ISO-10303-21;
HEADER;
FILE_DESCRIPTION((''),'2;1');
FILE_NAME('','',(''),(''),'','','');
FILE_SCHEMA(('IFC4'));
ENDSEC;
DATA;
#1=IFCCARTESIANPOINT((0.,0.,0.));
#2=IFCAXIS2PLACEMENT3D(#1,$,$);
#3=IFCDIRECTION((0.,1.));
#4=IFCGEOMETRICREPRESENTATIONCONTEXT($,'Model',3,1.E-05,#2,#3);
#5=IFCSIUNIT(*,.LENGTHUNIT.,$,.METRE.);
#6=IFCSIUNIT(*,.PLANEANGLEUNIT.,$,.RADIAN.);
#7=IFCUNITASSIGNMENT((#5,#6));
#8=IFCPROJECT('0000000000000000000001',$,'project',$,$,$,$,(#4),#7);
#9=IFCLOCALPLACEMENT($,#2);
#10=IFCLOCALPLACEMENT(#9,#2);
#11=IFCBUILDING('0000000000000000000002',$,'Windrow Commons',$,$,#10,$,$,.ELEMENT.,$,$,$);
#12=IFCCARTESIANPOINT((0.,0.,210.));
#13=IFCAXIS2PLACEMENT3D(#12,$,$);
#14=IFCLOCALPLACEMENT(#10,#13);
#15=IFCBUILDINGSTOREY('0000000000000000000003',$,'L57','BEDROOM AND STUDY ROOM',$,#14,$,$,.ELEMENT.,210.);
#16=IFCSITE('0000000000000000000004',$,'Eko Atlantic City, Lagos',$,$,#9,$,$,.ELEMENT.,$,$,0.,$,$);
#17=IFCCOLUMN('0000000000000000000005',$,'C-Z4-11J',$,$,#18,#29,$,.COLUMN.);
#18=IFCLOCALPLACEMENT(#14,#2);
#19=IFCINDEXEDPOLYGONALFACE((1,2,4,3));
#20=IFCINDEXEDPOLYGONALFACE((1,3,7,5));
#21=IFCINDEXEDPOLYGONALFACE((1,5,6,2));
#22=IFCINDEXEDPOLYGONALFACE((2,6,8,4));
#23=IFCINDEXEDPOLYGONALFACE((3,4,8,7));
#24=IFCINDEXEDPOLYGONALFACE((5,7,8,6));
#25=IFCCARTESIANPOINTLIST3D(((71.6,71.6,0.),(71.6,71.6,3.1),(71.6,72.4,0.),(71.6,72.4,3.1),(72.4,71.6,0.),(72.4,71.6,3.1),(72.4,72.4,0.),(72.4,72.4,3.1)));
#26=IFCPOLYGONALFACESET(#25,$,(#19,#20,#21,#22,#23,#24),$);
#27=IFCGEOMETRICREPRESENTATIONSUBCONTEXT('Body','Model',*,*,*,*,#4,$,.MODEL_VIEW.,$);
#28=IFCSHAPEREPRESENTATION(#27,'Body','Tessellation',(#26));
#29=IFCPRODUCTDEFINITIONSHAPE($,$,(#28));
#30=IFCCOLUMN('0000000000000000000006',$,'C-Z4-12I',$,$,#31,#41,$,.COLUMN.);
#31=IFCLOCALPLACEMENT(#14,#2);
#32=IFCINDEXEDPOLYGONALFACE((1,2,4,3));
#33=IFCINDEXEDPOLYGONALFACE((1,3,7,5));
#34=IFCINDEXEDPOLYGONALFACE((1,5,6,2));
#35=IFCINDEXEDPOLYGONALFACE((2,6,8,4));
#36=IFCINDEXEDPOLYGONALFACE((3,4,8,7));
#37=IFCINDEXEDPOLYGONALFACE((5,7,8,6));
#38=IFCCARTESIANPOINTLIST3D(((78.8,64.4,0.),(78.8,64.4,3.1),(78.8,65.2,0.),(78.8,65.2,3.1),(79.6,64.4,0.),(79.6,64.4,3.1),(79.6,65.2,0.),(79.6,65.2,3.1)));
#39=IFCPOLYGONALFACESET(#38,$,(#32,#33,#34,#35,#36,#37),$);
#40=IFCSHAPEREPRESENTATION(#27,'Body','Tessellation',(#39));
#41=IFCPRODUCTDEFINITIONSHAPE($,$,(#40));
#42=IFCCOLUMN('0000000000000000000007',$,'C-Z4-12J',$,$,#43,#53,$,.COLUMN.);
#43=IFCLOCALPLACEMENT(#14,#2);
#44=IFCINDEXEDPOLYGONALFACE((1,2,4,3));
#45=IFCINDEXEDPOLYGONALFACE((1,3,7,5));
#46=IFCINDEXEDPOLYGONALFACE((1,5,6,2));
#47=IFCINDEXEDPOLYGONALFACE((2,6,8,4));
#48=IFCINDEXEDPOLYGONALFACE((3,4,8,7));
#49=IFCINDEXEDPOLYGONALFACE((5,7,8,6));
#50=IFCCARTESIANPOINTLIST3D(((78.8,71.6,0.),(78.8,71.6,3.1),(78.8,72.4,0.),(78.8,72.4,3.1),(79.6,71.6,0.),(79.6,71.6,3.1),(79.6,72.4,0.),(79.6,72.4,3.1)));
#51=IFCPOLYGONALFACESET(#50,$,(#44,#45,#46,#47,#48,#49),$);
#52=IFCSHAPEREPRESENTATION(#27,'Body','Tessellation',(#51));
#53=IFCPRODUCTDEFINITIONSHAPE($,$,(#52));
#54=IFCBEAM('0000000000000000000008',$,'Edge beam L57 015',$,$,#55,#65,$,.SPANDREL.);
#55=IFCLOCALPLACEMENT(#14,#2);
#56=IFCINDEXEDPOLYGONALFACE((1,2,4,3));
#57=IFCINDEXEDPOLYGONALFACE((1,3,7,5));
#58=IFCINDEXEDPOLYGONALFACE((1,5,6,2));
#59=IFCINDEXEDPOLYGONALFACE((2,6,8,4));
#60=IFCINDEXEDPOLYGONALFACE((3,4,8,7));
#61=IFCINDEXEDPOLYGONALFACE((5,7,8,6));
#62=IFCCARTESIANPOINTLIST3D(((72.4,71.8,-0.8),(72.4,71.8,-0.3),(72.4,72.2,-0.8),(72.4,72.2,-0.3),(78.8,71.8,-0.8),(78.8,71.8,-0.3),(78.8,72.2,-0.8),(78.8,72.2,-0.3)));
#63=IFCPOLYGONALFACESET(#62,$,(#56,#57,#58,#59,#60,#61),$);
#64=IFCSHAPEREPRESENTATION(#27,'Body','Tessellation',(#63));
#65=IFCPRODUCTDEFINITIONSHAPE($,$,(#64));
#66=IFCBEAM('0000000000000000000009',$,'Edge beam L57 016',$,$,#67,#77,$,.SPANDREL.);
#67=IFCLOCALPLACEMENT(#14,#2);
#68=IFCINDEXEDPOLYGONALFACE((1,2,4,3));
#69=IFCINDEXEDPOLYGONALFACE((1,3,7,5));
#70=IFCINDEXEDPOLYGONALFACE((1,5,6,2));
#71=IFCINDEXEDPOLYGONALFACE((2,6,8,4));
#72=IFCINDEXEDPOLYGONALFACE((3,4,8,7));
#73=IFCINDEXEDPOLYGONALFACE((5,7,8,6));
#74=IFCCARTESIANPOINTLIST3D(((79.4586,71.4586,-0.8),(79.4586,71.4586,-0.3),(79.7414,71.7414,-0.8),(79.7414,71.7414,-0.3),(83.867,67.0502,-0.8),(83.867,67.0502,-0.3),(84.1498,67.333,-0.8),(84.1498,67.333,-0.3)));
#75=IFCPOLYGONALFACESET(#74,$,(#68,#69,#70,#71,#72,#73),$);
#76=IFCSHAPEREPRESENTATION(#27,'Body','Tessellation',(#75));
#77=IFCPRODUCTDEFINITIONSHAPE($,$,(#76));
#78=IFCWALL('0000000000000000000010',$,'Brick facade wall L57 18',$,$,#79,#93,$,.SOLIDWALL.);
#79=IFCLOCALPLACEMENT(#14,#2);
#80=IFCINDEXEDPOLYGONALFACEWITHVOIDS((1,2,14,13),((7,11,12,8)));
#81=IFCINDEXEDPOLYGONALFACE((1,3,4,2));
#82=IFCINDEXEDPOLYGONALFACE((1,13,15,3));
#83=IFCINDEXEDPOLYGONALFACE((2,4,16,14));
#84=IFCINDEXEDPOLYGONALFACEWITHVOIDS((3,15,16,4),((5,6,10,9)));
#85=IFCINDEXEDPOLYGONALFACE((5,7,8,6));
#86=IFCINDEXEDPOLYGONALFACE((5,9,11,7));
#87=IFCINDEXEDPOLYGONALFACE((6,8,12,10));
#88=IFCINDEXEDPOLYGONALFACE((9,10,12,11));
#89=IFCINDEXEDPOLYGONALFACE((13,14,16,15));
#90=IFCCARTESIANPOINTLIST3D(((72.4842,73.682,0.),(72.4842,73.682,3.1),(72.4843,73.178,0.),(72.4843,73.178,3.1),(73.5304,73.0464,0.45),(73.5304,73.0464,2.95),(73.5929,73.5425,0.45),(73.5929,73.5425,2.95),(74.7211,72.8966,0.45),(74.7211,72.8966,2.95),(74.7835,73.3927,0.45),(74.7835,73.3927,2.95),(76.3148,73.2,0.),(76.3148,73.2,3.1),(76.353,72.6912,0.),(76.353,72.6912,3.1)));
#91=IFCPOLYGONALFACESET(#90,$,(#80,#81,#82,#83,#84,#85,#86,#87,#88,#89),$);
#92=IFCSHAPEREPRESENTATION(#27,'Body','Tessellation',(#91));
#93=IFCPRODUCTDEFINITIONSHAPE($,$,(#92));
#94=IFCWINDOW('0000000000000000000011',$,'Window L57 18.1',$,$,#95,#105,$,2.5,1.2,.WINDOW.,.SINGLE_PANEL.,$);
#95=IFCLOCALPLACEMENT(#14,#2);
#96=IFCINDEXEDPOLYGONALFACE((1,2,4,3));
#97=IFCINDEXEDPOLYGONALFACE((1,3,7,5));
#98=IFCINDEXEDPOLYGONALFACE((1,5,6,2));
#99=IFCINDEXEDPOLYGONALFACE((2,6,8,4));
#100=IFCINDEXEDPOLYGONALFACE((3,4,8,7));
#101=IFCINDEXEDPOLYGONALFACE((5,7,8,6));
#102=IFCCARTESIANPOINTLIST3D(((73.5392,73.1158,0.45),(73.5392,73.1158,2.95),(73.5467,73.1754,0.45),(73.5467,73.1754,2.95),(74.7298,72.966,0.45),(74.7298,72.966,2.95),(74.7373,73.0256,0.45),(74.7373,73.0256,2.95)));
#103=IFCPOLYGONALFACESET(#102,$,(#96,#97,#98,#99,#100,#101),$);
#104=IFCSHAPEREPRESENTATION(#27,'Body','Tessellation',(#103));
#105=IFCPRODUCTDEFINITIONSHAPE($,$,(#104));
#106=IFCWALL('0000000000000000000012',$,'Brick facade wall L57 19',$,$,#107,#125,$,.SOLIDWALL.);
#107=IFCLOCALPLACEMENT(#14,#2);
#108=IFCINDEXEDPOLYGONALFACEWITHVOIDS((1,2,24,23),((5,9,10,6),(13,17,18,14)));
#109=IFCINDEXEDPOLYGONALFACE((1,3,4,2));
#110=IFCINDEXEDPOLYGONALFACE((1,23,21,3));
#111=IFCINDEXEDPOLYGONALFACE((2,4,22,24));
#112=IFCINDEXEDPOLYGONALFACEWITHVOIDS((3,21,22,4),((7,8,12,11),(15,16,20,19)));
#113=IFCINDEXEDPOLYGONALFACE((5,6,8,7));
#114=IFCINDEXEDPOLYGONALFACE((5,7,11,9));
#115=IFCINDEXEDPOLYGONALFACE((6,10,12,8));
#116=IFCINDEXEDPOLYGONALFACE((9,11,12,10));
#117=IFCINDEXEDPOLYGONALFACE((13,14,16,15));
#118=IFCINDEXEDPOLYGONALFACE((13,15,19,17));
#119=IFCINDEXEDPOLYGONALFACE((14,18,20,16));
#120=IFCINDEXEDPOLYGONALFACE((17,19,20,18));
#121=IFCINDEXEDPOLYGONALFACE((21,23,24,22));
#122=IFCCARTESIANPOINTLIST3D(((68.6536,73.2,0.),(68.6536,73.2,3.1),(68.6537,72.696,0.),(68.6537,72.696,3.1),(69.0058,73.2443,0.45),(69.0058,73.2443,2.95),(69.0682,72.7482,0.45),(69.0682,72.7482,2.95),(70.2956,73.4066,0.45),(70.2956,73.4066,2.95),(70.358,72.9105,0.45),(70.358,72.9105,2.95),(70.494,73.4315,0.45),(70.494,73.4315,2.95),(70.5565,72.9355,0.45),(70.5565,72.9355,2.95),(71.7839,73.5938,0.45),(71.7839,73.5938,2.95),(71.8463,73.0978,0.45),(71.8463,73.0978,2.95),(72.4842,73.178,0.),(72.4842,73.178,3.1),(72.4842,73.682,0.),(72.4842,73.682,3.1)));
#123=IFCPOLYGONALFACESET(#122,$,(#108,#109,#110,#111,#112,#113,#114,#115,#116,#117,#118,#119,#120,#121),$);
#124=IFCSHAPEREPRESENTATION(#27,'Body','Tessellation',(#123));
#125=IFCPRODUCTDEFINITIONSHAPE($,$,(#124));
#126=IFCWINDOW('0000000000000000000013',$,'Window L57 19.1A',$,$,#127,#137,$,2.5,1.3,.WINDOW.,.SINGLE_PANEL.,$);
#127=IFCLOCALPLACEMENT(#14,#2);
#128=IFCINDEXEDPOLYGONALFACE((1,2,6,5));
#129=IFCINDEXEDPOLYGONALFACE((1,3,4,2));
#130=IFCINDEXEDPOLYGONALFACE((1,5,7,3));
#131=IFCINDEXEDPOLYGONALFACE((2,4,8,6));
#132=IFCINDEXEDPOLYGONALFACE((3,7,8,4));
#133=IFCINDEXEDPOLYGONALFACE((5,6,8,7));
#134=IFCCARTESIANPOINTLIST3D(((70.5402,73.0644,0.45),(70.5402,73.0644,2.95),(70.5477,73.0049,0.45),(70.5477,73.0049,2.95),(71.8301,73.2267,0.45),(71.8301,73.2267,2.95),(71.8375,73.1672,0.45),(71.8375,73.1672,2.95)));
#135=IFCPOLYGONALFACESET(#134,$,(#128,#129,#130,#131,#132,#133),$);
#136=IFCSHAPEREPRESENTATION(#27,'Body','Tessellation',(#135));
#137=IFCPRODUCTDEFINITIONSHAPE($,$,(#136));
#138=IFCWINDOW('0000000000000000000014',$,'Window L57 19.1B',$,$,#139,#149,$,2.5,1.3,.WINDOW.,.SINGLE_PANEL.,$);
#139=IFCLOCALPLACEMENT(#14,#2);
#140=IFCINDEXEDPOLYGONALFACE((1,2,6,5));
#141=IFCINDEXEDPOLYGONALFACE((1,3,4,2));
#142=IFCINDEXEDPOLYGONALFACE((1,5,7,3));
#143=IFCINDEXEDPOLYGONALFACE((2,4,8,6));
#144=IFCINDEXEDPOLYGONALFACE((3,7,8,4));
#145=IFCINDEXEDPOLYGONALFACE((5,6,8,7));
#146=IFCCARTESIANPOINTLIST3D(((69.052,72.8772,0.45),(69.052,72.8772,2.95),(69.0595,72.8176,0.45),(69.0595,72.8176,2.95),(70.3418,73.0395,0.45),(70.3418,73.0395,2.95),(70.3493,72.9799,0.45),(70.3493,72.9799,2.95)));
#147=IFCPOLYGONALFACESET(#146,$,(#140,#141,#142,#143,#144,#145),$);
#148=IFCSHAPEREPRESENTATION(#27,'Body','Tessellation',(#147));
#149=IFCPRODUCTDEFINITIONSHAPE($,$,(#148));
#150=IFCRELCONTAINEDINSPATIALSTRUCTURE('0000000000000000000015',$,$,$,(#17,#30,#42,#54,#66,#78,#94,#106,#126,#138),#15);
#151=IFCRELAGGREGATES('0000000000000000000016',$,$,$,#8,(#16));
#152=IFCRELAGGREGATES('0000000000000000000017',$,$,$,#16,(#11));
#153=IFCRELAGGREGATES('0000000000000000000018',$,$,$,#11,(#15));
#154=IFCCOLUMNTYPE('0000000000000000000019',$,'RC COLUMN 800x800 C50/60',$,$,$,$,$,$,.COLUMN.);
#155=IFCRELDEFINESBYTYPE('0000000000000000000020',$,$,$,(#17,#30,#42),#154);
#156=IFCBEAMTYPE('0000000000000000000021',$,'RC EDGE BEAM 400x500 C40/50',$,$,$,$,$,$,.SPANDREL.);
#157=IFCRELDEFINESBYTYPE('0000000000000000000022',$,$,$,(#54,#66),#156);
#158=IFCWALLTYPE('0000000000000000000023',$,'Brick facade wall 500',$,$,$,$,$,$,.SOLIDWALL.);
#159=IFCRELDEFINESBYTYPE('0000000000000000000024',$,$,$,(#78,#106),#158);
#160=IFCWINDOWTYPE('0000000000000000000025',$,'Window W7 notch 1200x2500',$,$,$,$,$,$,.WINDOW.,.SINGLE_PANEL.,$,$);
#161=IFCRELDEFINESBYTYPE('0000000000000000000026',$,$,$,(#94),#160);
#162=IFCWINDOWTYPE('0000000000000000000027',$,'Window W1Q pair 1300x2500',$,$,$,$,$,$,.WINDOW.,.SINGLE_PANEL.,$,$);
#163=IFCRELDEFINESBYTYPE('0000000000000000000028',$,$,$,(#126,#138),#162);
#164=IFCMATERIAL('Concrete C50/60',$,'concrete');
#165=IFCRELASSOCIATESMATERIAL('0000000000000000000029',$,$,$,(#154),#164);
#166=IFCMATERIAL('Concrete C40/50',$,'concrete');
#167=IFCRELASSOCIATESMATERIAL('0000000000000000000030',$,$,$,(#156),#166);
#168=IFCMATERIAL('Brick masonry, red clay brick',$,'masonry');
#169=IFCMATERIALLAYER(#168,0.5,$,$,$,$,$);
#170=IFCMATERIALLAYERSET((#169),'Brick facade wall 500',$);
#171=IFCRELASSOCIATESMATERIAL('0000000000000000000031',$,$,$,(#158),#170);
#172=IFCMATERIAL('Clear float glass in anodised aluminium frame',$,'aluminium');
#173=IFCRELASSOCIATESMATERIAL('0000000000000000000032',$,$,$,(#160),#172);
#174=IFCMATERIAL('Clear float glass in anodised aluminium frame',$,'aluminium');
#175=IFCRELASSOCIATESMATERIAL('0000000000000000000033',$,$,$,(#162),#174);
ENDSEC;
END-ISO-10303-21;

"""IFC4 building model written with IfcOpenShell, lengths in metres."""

from ifc_helpers import new_model, si_unit, direction, frame, frame_2d, origin, origin_2d, place, context, subcontext, project, spatial, polyline, rectangle, outline, extrude, material, layer, layer_set, material_profile, profile_set, type_object, element, fill, save


model = new_model("IFC4")

# Units and contexts
model_context = context("Model", 3, precision=1e-05, world=origin(), true_north=direction((0.0, 1.0)))
body_context = subcontext(model_context, "Body", "Model", "MODEL_VIEW")
ifc_project = project(units=[si_unit("LENGTHUNIT", "METRE"), si_unit("PLANEANGLEUNIT", "RADIAN")], contexts=[model_context])

# Site, building, storey
site_placement = place(None, origin())
site = spatial("IfcSite", under=ifc_project, at=site_placement, Name="Eko Atlantic City, Lagos", CompositionType="ELEMENT", RefElevation=0.0)
building_placement = place(site_placement, origin())
building = spatial("IfcBuilding", under=site, at=building_placement, Name="Windrow Commons", CompositionType="ELEMENT")
storey_placement = place(building_placement, frame((0.0, 0.0, 210.0)))
storey = spatial("IfcBuildingStorey", under=building, at=storey_placement, Name="L57", Description="BEDROOM AND STUDY ROOM", CompositionType="ELEMENT", Elevation=210.0)

# Columns
ifc_material_1 = material(Name="Concrete C50/60", Category="concrete")
ifc_material_profile_1 = material_profile(ifc_material_1, rectangle(XDim=0.8, YDim=0.8, at=origin_2d()))
ifc_profile_set_1 = profile_set([ifc_material_profile_1], Name="Concrete C50/60")
column_type = type_object("IfcColumnType", Name="RC COLUMN 800x800 C50/60", PredefinedType="COLUMN", material=ifc_profile_set_1)
for number, where, z_axis, x_axis, name in (
    (1, (72.0, 72.0, 0.0), (0.0, 0.0, 1.0), (1.0, 0.0, 0.0), "C-Z4-11J"),
    (2, (79.2, 64.8, 0.0), (0.0, 0.0, 1.0), (1.0, 0.0, 0.0), "C-Z4-12I"),
    (3, (79.2, 72.0, 0.0), (0.0, 0.0, 1.0), (1.0, 0.0, 0.0), "C-Z4-12J"),
):
    element("IfcColumn", number, at=place(storey_placement, frame(where, z_axis=z_axis, x_axis=x_axis)), inside=storey, type_object=column_type, Name=name, PredefinedType="COLUMN", context=body_context, shape_type="SweptSolid", body=[
        extrude(rectangle(XDim=0.8, YDim=0.8, at=origin_2d()), origin(), (0.0, 0.0, 1.0), 3.1),
    ])

# Beams
ifc_material_2 = material(Name="Concrete C40/50", Category="concrete")
ifc_material_profile_2 = material_profile(ifc_material_2, rectangle(XDim=0.4, YDim=0.5, at=origin_2d()))
ifc_profile_set_2 = profile_set([ifc_material_profile_2], Name="Concrete C40/50")
beam_type = type_object("IfcBeamType", Name="RC EDGE BEAM 400x500 C40/50", PredefinedType="SPANDREL", material=ifc_profile_set_2)
beam_1_placement = place(storey_placement, frame((72.4, 72.0, -0.55), z_axis=(1.0, 0.0, 0.0), x_axis=(0.0, 1.0, 0.0)))
element("IfcBeam", 4, at=beam_1_placement, inside=storey, type_object=beam_type, Name="Edge beam L57 015", PredefinedType="SPANDREL", context=body_context, shape_type="SweptSolid", body=[
    extrude(rectangle(XDim=0.4, YDim=0.5, at=origin_2d()), origin(), (0.0, 0.0, 1.0), 6.4),
])
beam_2_placement = place(storey_placement, frame((79.6, 71.6, -0.55), z_axis=(0.707107, -0.707107, 0.0), x_axis=(0.707107, 0.707107, 0.0)))
element("IfcBeam", 5, at=beam_2_placement, inside=storey, type_object=beam_type, Name="Edge beam L57 016", PredefinedType="SPANDREL", context=body_context, shape_type="SweptSolid", body=[
    extrude(rectangle(XDim=0.4, YDim=0.5, at=origin_2d()), origin(), (0.0, 0.0, 1.0), 6.2344),
])

# Wall, opening, window
ifc_material_3 = material(Name="Brick masonry, red clay brick", Category="masonry")
ifc_layer_1 = layer(ifc_material_3, 0.5)
ifc_layer_set_1 = layer_set([ifc_layer_1], Name="Brick facade wall 500")
wall_type_1 = type_object("IfcWallType", Name="Brick facade wall 500", PredefinedType="SOLIDWALL", material=ifc_layer_set_1)
wall_1_placement = place(storey_placement, frame((76.3339, 72.9456, 0.0), z_axis=(0.0, 0.0, 1.0), x_axis=(-0.992176, 0.124844, 0.0)))
wall_1 = element("IfcWall", 6, at=wall_1_placement, inside=storey, type_object=wall_type_1, Name="Brick facade wall L57 18", PredefinedType="SOLIDWALL", context=body_context, shape_type="SweptSolid", body=[
    extrude(outline(polyline([(0.0507, -0.25), (3.9115, -0.25), (3.8485, 0.25), (-0.0507, 0.25), (0.0507, -0.25)])), origin(), (0.0, 0.0, 1.0), 3.1),
])
opening_1_placement = place(wall_1_placement, frame((1.5941, 0.0, 0.45)))
opening_1 = element("IfcOpeningElement", 7, at=opening_1_placement, cuts=wall_1, PredefinedType="OPENING", context=body_context, shape_type="SweptSolid", body=[
    extrude(rectangle(XDim=1.2, YDim=2.5, at=frame_2d((0.6, 1.25))), frame((0.0, 0.26, 0.0), z_axis=(0.0, -1.0, 0.0), x_axis=(1.0, 0.0, 0.0)), (0.0, 0.0, 1.0), 0.52),
])
ifc_material_4 = material(Name="Clear float glass in anodised aluminium frame", Category="aluminium")
window_type_1 = type_object("IfcWindowType", Name="Window W7 notch 1200x2500", PartitioningType="SINGLE_PANEL", PredefinedType="WINDOW", material=ifc_material_4)
window_1_placement = place(opening_1_placement, origin())
window_1 = element("IfcWindow", 8, at=window_1_placement, inside=storey, type_object=window_type_1, Name="Window L57 18.1", OverallHeight=2.5, OverallWidth=1.2, PartitioningType="SINGLE_PANEL", PredefinedType="WINDOW", context=body_context, shape_type="SweptSolid", body=[
    extrude(rectangle(XDim=1.2, YDim=2.5, at=frame_2d((0.6, 1.25))), frame((0.0, 0.18, 0.0), z_axis=(0.0, -1.0, 0.0), x_axis=(1.0, 0.0, 0.0)), (0.0, 0.0, 1.0), 0.06),
])
fill(opening_1, window_1)

# Wall, openings, windows
wall_2_placement = place(storey_placement, frame((72.4842, 73.43, 0.0), z_axis=(0.0, 0.0, 1.0), x_axis=(-0.992176, -0.124848, 0.0)))
wall_2 = element("IfcWall", 9, at=wall_2_placement, inside=storey, type_object=wall_type_1, Name="Brick facade wall L57 19", PredefinedType="SOLIDWALL", context=body_context, shape_type="SweptSolid", body=[
    extrude(outline(polyline([(-0.0315, -0.25), (3.8293, -0.25), (3.8922, 0.25), (0.0315, 0.25), (-0.0315, -0.25)])), origin(), (0.0, 0.0, 1.0), 3.1),
])
opening_2_placement = place(wall_2_placement, frame((0.6744, 0.0, 0.45)))
opening_2 = element("IfcOpeningElement", 10, at=opening_2_placement, cuts=wall_2, PredefinedType="OPENING", context=body_context, shape_type="SweptSolid", body=[
    extrude(rectangle(XDim=1.3, YDim=2.5, at=frame_2d((0.65, 1.25))), frame((0.0, 0.26, 0.0), z_axis=(0.0, -1.0, 0.0), x_axis=(1.0, 0.0, 0.0)), (0.0, 0.0, 1.0), 0.52),
])
opening_3_placement = place(wall_2_placement, frame((2.1744, 0.0, 0.45)))
opening_3 = element("IfcOpeningElement", 11, at=opening_3_placement, cuts=wall_2, PredefinedType="OPENING", context=body_context, shape_type="SweptSolid", body=[
    extrude(rectangle(XDim=1.3, YDim=2.5, at=frame_2d((0.65, 1.25))), frame((0.0, 0.26, 0.0), z_axis=(0.0, -1.0, 0.0), x_axis=(1.0, 0.0, 0.0)), (0.0, 0.0, 1.0), 0.52),
])
ifc_material_5 = material(Name="Clear float glass in anodised aluminium frame", Category="aluminium")
window_type_2 = type_object("IfcWindowType", Name="Window W1Q pair 1300x2500", PartitioningType="SINGLE_PANEL", PredefinedType="WINDOW", material=ifc_material_5)
window_2_placement = place(opening_2_placement, origin())
window_2 = element("IfcWindow", 12, at=window_2_placement, inside=storey, type_object=window_type_2, Name="Window L57 19.1A", OverallHeight=2.5, OverallWidth=1.3, PartitioningType="SINGLE_PANEL", PredefinedType="WINDOW", context=body_context, shape_type="SweptSolid", body=[
    extrude(rectangle(XDim=1.3, YDim=2.5, at=frame_2d((0.65, 1.25))), frame((0.0, 0.18, 0.0), z_axis=(0.0, -1.0, 0.0), x_axis=(1.0, 0.0, 0.0)), (0.0, 0.0, 1.0), 0.06),
])
fill(opening_2, window_2)
window_3_placement = place(opening_3_placement, origin())
window_3 = element("IfcWindow", 13, at=window_3_placement, inside=storey, type_object=window_type_2, Name="Window L57 19.1B", OverallHeight=2.5, OverallWidth=1.3, PartitioningType="SINGLE_PANEL", PredefinedType="WINDOW", context=body_context, shape_type="SweptSolid", body=[
    extrude(rectangle(XDim=1.3, YDim=2.5, at=frame_2d((0.65, 1.25))), frame((0.0, 0.18, 0.0), z_axis=(0.0, -1.0, 0.0), x_axis=(1.0, 0.0, 0.0)), (0.0, 0.0, 1.0), 0.06),
])
fill(opening_3, window_3)

save(model, "model.ifc")
